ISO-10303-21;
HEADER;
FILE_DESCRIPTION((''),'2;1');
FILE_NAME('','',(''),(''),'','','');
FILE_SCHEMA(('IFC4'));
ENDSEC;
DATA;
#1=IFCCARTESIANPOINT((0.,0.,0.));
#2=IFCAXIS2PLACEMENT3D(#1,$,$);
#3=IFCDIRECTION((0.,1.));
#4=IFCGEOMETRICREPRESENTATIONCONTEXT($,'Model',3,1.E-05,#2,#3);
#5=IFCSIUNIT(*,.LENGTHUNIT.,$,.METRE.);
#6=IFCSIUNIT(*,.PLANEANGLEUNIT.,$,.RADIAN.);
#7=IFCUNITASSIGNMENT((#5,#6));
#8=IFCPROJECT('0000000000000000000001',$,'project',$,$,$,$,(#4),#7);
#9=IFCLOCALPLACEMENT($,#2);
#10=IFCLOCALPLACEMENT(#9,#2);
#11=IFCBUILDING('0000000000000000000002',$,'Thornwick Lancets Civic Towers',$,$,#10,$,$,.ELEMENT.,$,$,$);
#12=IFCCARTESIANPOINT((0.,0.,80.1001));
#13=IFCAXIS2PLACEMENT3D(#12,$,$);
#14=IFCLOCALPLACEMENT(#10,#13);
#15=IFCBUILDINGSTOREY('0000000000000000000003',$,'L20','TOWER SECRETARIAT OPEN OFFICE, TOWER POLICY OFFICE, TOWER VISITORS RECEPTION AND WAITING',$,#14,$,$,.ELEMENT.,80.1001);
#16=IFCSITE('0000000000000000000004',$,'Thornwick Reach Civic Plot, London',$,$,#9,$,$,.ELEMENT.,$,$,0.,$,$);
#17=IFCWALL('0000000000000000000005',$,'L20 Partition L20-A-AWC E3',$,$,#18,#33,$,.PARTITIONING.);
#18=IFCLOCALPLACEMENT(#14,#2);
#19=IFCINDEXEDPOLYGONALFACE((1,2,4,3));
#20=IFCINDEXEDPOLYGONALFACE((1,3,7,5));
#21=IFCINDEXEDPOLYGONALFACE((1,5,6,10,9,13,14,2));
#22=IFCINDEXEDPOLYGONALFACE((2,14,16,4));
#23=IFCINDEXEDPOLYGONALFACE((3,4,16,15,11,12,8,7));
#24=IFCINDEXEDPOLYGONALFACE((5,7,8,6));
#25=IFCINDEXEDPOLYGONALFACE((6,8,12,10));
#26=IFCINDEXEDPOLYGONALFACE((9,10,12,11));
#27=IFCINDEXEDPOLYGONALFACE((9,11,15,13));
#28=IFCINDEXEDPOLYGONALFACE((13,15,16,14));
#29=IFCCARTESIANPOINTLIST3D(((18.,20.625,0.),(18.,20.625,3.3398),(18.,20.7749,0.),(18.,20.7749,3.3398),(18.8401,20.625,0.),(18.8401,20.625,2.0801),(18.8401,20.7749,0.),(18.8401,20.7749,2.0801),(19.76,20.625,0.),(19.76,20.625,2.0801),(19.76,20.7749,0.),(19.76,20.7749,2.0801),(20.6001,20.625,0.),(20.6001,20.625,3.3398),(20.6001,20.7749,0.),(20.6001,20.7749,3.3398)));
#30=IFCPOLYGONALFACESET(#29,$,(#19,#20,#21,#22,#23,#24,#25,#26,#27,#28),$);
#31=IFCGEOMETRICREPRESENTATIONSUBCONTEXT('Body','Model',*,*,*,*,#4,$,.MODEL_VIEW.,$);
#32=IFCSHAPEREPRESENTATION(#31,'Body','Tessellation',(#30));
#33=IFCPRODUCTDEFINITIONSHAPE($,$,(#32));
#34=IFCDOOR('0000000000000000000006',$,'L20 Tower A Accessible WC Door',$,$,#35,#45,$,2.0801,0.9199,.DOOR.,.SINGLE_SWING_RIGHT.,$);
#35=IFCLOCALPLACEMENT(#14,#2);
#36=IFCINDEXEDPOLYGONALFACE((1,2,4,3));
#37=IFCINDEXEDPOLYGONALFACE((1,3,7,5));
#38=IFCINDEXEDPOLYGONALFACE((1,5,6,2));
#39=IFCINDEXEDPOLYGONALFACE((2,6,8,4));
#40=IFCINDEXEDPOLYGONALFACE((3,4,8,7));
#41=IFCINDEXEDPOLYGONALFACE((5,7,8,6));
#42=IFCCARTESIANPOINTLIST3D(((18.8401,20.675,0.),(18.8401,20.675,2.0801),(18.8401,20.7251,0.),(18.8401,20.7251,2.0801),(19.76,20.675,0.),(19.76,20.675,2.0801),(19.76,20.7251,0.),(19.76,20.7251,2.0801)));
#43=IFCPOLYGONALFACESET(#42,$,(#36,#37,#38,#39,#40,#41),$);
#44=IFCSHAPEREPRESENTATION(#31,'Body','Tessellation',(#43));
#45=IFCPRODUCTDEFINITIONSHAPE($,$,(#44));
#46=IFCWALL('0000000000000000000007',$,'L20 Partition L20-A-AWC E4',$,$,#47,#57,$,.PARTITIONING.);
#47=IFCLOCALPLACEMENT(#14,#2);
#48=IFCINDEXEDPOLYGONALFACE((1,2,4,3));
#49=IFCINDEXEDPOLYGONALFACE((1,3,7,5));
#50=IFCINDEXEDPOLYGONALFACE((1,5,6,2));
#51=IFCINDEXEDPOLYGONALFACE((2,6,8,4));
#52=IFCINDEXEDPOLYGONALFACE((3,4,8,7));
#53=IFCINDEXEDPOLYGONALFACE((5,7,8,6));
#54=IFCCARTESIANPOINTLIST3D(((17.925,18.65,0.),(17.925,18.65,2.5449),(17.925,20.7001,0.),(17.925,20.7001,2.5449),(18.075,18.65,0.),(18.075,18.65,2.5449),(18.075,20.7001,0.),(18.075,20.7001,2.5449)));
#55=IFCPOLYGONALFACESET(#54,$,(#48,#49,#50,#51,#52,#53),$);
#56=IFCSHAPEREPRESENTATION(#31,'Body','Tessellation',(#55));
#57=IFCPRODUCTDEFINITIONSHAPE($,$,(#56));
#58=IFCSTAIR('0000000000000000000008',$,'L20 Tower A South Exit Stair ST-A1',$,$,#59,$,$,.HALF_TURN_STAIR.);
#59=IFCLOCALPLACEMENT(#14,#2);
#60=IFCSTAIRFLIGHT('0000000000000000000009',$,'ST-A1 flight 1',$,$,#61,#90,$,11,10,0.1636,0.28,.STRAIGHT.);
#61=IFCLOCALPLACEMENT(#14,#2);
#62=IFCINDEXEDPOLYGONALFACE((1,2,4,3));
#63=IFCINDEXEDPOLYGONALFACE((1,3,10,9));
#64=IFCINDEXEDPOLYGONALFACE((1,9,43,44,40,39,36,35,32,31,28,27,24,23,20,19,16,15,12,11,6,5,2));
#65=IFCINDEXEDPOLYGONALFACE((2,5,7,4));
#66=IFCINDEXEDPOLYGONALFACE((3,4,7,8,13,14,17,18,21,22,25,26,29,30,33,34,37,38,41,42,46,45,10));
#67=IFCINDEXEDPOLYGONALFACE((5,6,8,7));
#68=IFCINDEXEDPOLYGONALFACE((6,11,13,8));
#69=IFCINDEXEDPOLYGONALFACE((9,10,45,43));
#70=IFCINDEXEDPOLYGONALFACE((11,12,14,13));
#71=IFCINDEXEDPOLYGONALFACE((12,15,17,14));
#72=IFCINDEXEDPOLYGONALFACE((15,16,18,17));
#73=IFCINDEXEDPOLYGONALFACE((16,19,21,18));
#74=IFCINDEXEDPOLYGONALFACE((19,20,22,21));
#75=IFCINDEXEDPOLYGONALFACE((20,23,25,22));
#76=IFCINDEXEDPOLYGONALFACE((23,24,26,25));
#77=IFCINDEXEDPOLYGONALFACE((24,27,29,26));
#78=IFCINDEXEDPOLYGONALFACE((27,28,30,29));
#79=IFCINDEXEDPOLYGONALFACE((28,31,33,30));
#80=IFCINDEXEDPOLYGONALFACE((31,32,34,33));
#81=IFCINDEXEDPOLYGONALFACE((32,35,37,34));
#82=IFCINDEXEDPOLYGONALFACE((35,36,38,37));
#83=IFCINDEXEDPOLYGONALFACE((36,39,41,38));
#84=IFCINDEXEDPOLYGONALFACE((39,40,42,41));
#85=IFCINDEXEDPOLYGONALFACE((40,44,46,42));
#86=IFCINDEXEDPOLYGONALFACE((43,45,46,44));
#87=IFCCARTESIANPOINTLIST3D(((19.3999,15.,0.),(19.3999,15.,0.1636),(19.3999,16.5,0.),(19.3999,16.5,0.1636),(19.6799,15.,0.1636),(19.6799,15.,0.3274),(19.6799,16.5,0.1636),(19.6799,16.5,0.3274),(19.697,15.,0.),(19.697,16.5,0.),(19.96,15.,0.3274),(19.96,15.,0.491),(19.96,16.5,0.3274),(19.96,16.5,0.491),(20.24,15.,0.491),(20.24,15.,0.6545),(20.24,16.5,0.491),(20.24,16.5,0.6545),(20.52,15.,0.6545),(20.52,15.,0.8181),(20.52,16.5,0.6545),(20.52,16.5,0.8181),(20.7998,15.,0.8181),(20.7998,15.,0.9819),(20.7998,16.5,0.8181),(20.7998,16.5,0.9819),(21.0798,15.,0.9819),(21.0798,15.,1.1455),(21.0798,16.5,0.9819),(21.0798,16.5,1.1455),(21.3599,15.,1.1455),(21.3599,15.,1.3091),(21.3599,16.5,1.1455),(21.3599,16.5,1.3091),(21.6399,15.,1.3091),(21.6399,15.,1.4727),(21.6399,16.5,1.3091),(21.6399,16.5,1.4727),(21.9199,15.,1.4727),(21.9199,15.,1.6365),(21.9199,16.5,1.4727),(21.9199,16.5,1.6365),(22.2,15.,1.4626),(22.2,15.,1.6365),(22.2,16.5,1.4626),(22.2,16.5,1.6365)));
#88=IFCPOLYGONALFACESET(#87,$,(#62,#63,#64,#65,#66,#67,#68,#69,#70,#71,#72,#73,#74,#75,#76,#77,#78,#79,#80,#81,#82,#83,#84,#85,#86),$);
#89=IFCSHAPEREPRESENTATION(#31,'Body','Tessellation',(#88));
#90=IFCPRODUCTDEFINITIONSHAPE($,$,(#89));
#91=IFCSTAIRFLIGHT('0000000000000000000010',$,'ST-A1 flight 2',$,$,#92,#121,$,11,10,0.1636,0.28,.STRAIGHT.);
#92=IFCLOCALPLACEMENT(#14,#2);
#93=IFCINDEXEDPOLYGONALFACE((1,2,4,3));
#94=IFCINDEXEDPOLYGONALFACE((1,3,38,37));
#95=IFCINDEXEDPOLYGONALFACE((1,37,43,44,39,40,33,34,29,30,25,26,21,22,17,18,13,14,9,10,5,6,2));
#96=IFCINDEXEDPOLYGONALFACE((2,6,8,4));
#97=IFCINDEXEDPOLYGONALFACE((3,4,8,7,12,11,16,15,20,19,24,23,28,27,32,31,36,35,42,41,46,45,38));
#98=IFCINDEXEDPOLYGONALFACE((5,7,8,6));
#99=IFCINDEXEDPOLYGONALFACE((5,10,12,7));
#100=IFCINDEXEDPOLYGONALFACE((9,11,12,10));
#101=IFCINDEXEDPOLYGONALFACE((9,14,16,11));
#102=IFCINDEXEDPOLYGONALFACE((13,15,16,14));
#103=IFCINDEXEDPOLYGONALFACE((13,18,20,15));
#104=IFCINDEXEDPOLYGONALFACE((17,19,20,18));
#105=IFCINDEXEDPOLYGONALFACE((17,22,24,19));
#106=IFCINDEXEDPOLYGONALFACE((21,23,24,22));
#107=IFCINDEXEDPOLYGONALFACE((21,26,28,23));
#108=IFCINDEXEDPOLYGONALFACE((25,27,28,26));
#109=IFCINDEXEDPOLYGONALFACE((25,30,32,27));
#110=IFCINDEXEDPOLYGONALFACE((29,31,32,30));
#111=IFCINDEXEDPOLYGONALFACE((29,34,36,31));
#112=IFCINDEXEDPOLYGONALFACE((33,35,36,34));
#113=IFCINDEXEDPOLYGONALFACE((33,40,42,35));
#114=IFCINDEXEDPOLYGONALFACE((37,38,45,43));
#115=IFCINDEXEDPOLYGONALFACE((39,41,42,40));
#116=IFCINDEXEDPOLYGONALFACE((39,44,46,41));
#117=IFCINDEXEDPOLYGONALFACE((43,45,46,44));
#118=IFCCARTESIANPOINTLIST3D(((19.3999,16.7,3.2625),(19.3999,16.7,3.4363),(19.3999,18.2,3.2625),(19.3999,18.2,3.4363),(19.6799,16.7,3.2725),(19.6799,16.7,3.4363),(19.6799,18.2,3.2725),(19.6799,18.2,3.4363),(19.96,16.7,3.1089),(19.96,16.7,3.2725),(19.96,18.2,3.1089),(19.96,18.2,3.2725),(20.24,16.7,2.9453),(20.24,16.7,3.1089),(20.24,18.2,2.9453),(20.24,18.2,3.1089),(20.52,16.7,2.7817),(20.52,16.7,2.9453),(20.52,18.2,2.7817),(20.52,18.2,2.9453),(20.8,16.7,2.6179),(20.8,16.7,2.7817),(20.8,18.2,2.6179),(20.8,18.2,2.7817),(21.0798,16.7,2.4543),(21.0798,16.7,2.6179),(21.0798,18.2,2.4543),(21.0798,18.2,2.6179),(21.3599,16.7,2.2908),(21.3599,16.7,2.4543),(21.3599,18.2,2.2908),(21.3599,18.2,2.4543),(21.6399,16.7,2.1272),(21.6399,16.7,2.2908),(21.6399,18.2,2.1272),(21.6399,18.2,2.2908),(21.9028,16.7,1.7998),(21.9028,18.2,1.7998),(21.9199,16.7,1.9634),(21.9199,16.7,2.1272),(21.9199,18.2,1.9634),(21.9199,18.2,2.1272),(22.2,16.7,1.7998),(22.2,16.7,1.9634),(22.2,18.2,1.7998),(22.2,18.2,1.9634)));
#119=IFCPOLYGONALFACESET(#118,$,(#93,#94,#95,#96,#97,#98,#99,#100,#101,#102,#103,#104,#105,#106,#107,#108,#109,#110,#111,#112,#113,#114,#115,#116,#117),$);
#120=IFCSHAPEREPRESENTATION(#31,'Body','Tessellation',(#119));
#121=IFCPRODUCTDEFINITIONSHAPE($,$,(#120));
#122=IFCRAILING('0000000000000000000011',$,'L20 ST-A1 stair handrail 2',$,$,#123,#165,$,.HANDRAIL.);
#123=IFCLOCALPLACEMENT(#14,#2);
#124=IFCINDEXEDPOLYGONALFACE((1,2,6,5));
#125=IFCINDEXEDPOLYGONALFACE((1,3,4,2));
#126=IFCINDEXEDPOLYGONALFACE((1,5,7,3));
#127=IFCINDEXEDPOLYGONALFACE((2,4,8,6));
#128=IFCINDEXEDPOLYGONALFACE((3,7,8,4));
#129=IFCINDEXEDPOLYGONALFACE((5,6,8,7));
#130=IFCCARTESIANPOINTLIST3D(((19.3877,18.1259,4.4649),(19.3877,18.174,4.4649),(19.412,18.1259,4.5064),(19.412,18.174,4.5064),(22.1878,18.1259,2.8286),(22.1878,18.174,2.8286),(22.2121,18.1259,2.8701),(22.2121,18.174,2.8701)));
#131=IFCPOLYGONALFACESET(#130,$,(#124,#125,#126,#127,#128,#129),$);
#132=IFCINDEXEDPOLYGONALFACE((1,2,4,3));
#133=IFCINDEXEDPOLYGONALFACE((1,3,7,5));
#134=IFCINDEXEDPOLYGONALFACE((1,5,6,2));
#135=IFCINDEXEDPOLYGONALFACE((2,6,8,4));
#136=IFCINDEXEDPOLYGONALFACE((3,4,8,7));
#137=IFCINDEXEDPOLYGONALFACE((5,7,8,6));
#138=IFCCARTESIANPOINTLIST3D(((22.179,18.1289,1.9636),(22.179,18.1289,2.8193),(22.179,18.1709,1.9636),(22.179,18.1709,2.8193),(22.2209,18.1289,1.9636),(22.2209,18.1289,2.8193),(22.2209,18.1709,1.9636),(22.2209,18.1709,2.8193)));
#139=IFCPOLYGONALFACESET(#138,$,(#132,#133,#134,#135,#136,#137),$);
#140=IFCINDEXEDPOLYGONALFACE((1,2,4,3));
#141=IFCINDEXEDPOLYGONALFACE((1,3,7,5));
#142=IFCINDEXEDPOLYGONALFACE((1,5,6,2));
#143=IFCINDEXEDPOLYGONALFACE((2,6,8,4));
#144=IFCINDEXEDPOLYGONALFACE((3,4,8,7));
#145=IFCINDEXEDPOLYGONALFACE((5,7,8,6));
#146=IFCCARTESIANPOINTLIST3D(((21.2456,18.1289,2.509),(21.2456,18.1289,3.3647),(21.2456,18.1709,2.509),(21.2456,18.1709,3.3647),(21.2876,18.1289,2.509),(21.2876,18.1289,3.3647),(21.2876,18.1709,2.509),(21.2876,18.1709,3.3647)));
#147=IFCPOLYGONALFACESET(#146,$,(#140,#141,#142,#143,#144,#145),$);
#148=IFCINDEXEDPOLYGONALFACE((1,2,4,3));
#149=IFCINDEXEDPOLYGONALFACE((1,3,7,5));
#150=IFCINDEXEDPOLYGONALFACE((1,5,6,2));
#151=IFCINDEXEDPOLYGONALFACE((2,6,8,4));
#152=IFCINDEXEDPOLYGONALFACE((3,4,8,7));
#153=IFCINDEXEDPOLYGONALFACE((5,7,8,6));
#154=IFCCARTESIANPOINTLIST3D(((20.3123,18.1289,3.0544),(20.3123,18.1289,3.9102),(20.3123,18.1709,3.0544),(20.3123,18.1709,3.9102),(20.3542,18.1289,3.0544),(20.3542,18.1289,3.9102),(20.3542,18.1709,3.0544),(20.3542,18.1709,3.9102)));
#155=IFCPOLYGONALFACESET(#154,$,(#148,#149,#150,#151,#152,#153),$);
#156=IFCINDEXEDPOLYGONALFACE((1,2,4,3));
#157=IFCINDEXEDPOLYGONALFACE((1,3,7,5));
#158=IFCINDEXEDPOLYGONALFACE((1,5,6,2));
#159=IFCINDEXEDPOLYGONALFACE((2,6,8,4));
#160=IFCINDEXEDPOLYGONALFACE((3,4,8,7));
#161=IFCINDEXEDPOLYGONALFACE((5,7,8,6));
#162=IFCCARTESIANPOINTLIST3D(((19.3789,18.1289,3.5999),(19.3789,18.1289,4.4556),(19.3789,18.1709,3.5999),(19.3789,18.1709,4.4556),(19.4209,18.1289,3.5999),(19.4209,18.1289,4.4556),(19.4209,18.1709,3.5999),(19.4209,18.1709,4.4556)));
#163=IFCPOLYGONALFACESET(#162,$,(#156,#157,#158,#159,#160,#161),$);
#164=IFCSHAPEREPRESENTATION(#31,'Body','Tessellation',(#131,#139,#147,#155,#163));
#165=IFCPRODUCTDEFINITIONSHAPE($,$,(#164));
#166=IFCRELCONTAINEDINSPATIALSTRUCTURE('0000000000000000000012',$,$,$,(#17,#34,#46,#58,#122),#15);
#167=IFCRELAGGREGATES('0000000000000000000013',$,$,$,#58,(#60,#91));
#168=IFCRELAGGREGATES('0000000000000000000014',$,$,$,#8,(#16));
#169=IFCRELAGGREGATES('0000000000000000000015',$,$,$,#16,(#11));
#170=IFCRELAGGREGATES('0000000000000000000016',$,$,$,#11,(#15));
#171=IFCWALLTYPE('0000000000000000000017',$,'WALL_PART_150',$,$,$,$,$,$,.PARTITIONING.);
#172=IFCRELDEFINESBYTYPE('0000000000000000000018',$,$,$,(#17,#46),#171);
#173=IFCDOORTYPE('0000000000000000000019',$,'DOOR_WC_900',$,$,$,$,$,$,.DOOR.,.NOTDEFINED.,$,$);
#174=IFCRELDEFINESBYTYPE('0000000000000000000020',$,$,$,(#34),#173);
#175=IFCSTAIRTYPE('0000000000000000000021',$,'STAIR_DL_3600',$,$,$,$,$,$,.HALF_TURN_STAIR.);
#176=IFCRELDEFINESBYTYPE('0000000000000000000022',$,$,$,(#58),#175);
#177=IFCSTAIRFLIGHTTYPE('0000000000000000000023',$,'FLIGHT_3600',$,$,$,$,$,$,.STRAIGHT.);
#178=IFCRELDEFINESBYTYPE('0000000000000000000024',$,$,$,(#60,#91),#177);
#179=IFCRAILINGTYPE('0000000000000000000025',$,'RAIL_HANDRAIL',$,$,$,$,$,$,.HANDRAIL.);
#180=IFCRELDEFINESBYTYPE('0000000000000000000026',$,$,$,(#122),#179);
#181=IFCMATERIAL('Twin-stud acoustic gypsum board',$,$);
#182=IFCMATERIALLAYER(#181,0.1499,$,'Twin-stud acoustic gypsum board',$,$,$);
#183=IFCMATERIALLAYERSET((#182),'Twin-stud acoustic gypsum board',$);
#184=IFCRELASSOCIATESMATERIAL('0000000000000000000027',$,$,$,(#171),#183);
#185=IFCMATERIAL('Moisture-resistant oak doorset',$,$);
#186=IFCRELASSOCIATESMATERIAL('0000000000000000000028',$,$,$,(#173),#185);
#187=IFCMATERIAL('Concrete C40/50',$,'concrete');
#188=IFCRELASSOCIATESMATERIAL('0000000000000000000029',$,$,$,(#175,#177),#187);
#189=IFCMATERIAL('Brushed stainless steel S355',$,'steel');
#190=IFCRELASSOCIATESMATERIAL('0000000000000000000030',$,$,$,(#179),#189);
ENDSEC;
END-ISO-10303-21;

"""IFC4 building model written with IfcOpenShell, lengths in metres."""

from ifc_helpers import new_model, si_unit, direction, frame, frame_2d, origin, origin_2d, place, context, subcontext, project, spatial, polyline, rectangle, outline, extrude, material, layer, layer_set, type_object, element, fill, aggregate, save


model = new_model("IFC4")

# Units and contexts
model_context = context("Model", 3, precision=1e-05, world=origin(), true_north=direction((0.0, 1.0)))
body_context = subcontext(model_context, "Body", "Model", "MODEL_VIEW")
ifc_project = project(units=[si_unit("LENGTHUNIT", "METRE"), si_unit("PLANEANGLEUNIT", "RADIAN")], contexts=[model_context])

# Site, building, storey
site_placement = place(None, origin())
site = spatial("IfcSite", under=ifc_project, at=site_placement, Name="Thornwick Reach Civic Plot, London", CompositionType="ELEMENT", RefElevation=0.0)
building_placement = place(site_placement, origin())
building = spatial("IfcBuilding", under=site, at=building_placement, Name="Thornwick Lancets Civic Towers", CompositionType="ELEMENT")
storey_placement = place(building_placement, frame((0.0, 0.0, 80.1001)))
storey = spatial("IfcBuildingStorey", under=building, at=storey_placement, Name="L20", Description="TOWER SECRETARIAT OPEN OFFICE, TOWER POLICY OFFICE, TOWER VISITORS RECEPTION AND WAITING", CompositionType="ELEMENT", Elevation=80.1001)

# Shared definitions
ifc_material_1 = material(Name="Twin-stud acoustic gypsum board")
ifc_layer_1 = layer(ifc_material_1, 0.1499, Name="Twin-stud acoustic gypsum board")
ifc_layer_set_1 = layer_set([ifc_layer_1], Name="Twin-stud acoustic gypsum board")
wall_type_1 = type_object("IfcWallType", Name="WALL_PART_150", PredefinedType="PARTITIONING", material=ifc_layer_set_1)

# Wall, opening, door
wall_1_placement = place(storey_placement, frame((20.6001, 20.7, 0.0), z_axis=(0.0, 0.0, 1.0), x_axis=(-1.0, 0.0, 0.0)))
wall_1 = element("IfcWall", 1, at=wall_1_placement, inside=storey, type_object=wall_type_1, Name="L20 Partition L20-A-AWC E3", PredefinedType="PARTITIONING", context=body_context, shape_type="SweptSolid", body=[
    extrude(rectangle(XDim=2.6001, YDim=0.1499, at=frame_2d((1.3, 0.0))), origin(), (0.0, 0.0, 1.0), 3.3398),
])
opening_1_placement = place(wall_1_placement, frame((0.8401, 0.0, 0.0)))
opening_1 = element("IfcOpeningElement", 2, at=opening_1_placement, cuts=wall_1, PredefinedType="OPENING", context=body_context, shape_type="SweptSolid", body=[
    extrude(rectangle(XDim=0.9199, YDim=2.0801, at=frame_2d((0.46, 1.04))), frame((0.0, 0.085, 0.0), z_axis=(0.0, -1.0, 0.0), x_axis=(1.0, 0.0, 0.0)), (0.0, 0.0, 1.0), 0.1699),
])
ifc_material_2 = material(Name="Moisture-resistant oak doorset")
door_type_1 = type_object("IfcDoorType", Name="DOOR_WC_900", OperationType="NOTDEFINED", PredefinedType="DOOR", material=ifc_material_2)
door_1_placement = place(opening_1_placement, origin())
door_1 = element("IfcDoor", 3, at=door_1_placement, inside=storey, type_object=door_type_1, Name="L20 Tower A Accessible WC Door", OperationType="SINGLE_SWING_RIGHT", OverallHeight=2.0801, OverallWidth=0.9199, PredefinedType="DOOR", context=body_context, shape_type="SweptSolid", body=[
    extrude(rectangle(XDim=0.9199, YDim=2.0801, at=frame_2d((0.46, 1.04))), frame((0.0, 0.0249, 0.0), z_axis=(0.0, -1.0, 0.0), x_axis=(1.0, 0.0, 0.0)), (0.0, 0.0, 1.0), 0.05),
])
fill(opening_1, door_1)

# Wall
wall_2_placement = place(storey_placement, frame((18.0, 20.7, 0.0), z_axis=(0.0, 0.0, 1.0), x_axis=(0.0, -1.0, 0.0)))
element("IfcWall", 4, at=wall_2_placement, inside=storey, type_object=wall_type_1, Name="L20 Partition L20-A-AWC E4", PredefinedType="PARTITIONING", context=body_context, shape_type="SweptSolid", body=[
    extrude(rectangle(XDim=2.05, YDim=0.1499, at=frame_2d((1.0249, 0.0))), origin(), (0.0, 0.0, 1.0), 2.5449),
])

# Stair, stair flights
ifc_material_3 = material(Name="Concrete C40/50", Category="concrete")
stair_type = type_object("IfcStairType", Name="STAIR_DL_3600", PredefinedType="HALF_TURN_STAIR", material=ifc_material_3)
stair_placement = place(storey_placement, origin())
stair = element("IfcStair", 5, at=stair_placement, inside=storey, type_object=stair_type, Name="L20 Tower A South Exit Stair ST-A1", PredefinedType="HALF_TURN_STAIR")
stair_flight_type = type_object("IfcStairFlightType", Name="FLIGHT_3600", PredefinedType="STRAIGHT", material=ifc_material_3)
stair_flight_1_placement = place(storey_placement, frame((19.3999, 15.75, 0.0), z_axis=(0.0, 0.0, 1.0), x_axis=(1.0, 0.0, 0.0)))
stair_flight_1 = element("IfcStairFlight", 6, at=stair_flight_1_placement, type_object=stair_flight_type, Name="ST-A1 flight 1", NumberOfRisers=11, NumberOfTreads=10, PredefinedType="STRAIGHT", RiserHeight=0.1636, TreadLength=0.28, context=body_context, shape_type="SweptSolid", body=[
    extrude(outline(polyline([(0.0, 0.0), (0.0, 0.1636), (0.28, 0.1636), (0.28, 0.3274), (0.5601, 0.3274), (0.5601, 0.491), (0.8401, 0.491), (0.8401, 0.6545), (1.1201, 0.6545), (1.1201, 0.8181), (1.3999, 0.8181), (1.3999, 0.9819), (1.6799, 0.9819), (1.6799, 1.1455), (1.96, 1.1455), (1.96, 1.3091), (2.24, 1.3091), (2.24, 1.4727), (2.52, 1.4727), (2.52, 1.6365), (2.8, 1.6365), (2.8, 1.8), (2.8, 1.4626), (0.2971, 0.0), (0.0, 0.0)])), frame((0.0, 0.75, 0.0), z_axis=(0.0, -1.0, 0.0), x_axis=(1.0, 0.0, 0.0)), (0.0, 0.0, 1.0), 1.5),
])
stair_flight_2_placement = place(storey_placement, frame((22.2, 17.45, 1.7998), z_axis=(0.0, 0.0, 1.0), x_axis=(-1.0, 0.0, 0.0)))
stair_flight_2 = element("IfcStairFlight", 7, at=stair_flight_2_placement, type_object=stair_flight_type, Name="ST-A1 flight 2", NumberOfRisers=11, NumberOfTreads=10, PredefinedType="STRAIGHT", RiserHeight=0.1636, TreadLength=0.28, context=body_context, shape_type="SweptSolid", body=[
    extrude(outline(polyline([(0.0, 0.0), (0.0, 0.1636), (0.28, 0.1636), (0.28, 0.3274), (0.5601, 0.3274), (0.5601, 0.491), (0.8401, 0.491), (0.8401, 0.6545), (1.1201, 0.6545), (1.1201, 0.8181), (1.3999, 0.8181), (1.3999, 0.9819), (1.6799, 0.9819), (1.6799, 1.1455), (1.96, 1.1455), (1.96, 1.3091), (2.24, 1.3091), (2.24, 1.4727), (2.52, 1.4727), (2.52, 1.6365), (2.8, 1.6365), (2.8, 1.8), (2.8, 1.4626), (0.2971, 0.0), (0.0, 0.0)])), frame((0.0, 0.75, 0.0), z_axis=(0.0, -1.0, 0.0), x_axis=(1.0, 0.0, 0.0)), (0.0, 0.0, 1.0), 1.5),
])
aggregate(stair, [stair_flight_1, stair_flight_2])

# Railing
ifc_material_4 = material(Name="Brushed stainless steel S355", Category="steel")
railing_type_1 = type_object("IfcRailingType", Name="RAIL_HANDRAIL", PredefinedType="HANDRAIL", material=ifc_material_4)
railing_1_placement = place(storey_placement, frame((22.2, 18.1499, 1.9636)))
element("IfcRailing", 8, at=railing_1_placement, inside=storey, type_object=railing_type_1, Name="L20 ST-A1 stair handrail 2", PredefinedType="HANDRAIL", context=body_context, shape_type="SweptSolid", body=[
    extrude(rectangle(XDim=0.0481, YDim=0.0481, at=origin_2d()), frame((0.0, 0.0, 0.8857), z_axis=(-0.863394, 0.0, 0.504531), x_axis=(0.0, -1.0, 0.0)), (0.0, 0.0, 1.0), 3.2432),
    extrude(rectangle(XDim=0.042, YDim=0.042, at=origin_2d()), origin(), (0.0, 0.0, 1.0), 0.8557),
    extrude(rectangle(XDim=0.042, YDim=0.042, at=origin_2d()), frame((-0.9333, 0.0, 0.5454)), (0.0, 0.0, 1.0), 0.8557),
    extrude(rectangle(XDim=0.042, YDim=0.042, at=origin_2d()), frame((-1.8667, 0.0, 1.0908)), (0.0, 0.0, 1.0), 0.8557),
    extrude(rectangle(XDim=0.042, YDim=0.042, at=origin_2d()), frame((-2.8, 0.0, 1.6362)), (0.0, 0.0, 1.0), 0.8557),
])

save(model, "model.ifc")
